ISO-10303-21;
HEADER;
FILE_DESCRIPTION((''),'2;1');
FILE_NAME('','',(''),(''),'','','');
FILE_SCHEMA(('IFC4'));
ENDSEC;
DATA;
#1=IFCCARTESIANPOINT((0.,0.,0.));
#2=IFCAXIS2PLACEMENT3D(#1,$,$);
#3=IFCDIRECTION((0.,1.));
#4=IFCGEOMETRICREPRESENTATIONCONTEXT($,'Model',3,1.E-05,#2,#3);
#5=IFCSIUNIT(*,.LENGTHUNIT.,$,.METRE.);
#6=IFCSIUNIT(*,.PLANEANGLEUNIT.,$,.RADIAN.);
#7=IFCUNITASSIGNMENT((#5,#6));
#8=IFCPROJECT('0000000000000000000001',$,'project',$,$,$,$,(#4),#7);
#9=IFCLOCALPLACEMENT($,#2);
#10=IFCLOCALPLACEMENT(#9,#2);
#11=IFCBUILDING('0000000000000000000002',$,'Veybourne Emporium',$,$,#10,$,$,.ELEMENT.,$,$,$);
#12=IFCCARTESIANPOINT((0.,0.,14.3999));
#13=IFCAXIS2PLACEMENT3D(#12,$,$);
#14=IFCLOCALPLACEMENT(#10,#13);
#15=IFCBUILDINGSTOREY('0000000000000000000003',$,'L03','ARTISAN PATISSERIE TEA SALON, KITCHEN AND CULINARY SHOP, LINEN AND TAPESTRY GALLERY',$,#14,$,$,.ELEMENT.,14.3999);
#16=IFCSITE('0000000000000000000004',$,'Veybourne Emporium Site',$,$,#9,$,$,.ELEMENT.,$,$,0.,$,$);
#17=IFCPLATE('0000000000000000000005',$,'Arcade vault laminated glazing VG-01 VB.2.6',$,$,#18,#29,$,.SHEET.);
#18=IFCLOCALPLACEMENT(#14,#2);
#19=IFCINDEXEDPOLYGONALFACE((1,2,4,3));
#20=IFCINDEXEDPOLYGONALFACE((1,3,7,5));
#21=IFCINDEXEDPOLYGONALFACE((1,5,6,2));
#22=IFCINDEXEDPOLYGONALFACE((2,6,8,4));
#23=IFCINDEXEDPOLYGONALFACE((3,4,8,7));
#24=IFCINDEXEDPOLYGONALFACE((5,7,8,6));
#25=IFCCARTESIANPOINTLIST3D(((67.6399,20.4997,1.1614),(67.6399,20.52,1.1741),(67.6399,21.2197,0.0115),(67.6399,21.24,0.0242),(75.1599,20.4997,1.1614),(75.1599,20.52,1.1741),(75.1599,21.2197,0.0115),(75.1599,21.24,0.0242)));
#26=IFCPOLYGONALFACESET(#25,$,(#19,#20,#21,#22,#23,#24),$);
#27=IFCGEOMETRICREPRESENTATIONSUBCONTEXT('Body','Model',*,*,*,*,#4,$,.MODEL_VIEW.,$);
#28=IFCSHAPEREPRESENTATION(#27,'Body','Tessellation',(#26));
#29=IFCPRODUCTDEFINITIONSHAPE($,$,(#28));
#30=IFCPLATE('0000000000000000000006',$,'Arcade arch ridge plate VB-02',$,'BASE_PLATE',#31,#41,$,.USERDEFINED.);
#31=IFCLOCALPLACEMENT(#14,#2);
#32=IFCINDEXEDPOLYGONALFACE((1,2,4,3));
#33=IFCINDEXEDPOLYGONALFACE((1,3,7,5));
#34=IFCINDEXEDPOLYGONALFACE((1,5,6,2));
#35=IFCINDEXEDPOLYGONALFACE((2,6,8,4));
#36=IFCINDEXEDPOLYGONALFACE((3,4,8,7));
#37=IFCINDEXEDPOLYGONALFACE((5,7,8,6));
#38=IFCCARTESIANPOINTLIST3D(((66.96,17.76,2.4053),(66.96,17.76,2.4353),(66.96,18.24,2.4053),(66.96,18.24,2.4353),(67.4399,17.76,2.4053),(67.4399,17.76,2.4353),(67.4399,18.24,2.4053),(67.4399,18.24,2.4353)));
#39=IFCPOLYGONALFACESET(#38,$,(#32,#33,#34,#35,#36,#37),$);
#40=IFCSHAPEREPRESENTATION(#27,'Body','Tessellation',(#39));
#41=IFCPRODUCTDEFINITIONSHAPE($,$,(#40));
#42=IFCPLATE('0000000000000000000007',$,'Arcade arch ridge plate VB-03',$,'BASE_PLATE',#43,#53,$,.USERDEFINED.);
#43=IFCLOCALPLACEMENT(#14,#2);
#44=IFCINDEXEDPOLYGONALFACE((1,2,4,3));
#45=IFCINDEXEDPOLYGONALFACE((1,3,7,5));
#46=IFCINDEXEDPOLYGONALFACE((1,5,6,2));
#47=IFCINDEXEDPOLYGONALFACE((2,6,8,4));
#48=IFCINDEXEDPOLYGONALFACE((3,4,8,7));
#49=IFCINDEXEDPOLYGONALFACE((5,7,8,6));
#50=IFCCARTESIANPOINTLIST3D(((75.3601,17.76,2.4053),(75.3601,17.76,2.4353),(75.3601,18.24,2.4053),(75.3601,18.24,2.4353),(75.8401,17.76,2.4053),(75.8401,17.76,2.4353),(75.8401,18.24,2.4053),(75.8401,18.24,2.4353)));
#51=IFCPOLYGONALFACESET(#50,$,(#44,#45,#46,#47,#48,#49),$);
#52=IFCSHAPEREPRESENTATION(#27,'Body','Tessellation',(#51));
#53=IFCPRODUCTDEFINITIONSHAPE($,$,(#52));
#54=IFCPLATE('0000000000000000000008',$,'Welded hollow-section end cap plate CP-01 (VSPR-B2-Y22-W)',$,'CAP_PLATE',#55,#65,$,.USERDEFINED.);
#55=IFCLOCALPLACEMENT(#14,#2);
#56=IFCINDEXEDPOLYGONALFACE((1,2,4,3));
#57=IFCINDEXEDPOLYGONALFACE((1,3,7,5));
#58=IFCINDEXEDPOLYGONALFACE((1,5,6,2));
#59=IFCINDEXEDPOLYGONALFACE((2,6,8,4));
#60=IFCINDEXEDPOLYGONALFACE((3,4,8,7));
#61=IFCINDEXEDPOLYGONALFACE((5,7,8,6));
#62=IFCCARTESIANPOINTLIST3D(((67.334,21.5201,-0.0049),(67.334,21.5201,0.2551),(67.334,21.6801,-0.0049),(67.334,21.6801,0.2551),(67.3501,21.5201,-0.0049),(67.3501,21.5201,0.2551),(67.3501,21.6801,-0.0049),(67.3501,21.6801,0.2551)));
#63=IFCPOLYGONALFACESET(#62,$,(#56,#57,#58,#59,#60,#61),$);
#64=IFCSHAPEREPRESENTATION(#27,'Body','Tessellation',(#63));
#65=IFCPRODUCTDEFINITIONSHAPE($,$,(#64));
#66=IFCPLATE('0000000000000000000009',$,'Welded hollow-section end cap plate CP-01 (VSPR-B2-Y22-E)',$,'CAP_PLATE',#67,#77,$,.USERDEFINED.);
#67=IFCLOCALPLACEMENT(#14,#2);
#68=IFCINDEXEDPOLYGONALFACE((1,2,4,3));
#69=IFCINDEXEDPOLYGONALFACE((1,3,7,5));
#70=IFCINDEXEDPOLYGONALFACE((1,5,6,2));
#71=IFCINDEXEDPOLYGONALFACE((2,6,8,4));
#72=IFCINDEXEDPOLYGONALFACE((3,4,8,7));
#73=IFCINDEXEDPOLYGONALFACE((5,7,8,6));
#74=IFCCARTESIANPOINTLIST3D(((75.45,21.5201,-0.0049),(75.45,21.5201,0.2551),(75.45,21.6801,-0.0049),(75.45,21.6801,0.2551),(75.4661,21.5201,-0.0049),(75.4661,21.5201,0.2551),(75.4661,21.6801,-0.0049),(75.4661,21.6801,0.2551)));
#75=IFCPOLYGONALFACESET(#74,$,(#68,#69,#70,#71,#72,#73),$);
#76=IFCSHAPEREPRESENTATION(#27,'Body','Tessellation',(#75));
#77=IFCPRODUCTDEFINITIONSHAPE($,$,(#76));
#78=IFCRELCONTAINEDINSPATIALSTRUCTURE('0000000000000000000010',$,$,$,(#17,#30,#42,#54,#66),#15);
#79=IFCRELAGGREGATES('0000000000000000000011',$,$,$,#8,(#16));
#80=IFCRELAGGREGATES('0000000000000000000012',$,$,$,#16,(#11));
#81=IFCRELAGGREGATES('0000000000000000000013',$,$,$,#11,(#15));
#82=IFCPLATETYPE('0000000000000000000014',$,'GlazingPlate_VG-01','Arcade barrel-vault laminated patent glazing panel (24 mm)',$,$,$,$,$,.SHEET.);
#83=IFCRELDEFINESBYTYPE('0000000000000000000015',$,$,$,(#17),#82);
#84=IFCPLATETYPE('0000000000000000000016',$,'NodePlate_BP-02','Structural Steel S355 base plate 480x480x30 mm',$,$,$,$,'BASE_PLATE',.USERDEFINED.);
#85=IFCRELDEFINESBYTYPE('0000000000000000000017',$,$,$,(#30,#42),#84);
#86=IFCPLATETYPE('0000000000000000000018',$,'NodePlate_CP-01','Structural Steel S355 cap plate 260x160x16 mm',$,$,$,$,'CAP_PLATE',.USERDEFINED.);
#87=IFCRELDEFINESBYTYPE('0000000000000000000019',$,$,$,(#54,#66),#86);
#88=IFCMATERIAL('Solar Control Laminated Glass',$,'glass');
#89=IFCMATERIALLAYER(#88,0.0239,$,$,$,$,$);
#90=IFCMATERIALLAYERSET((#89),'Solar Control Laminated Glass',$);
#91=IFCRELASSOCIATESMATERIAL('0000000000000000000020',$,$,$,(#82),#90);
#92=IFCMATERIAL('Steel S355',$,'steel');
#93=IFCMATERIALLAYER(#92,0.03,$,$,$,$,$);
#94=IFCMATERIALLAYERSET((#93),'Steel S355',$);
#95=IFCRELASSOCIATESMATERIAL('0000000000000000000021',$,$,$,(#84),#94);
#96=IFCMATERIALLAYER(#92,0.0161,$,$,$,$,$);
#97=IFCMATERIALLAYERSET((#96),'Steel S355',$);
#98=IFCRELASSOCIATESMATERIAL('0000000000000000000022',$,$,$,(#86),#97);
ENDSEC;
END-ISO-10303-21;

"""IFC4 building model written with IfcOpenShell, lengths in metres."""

from ifc_helpers import new_model, si_unit, direction, frame, origin, origin_2d, place, context, subcontext, project, spatial, polyline, rectangle, outline, extrude, material, layer, layer_set, type_object, element, save


model = new_model("IFC4")

# Units and contexts
model_context = context("Model", 3, precision=1e-05, world=origin(), true_north=direction((0.0, 1.0)))
body_context = subcontext(model_context, "Body", "Model", "MODEL_VIEW")
ifc_project = project(units=[si_unit("LENGTHUNIT", "METRE"), si_unit("PLANEANGLEUNIT", "RADIAN")], contexts=[model_context])

# Site, building, storey
site_placement = place(None, origin())
site = spatial("IfcSite", under=ifc_project, at=site_placement, Name="Veybourne Emporium Site", CompositionType="ELEMENT", RefElevation=0.0)
building_placement = place(site_placement, origin())
building = spatial("IfcBuilding", under=site, at=building_placement, Name="Veybourne Emporium", CompositionType="ELEMENT")
storey_placement = place(building_placement, frame((0.0, 0.0, 14.3999)))
storey = spatial("IfcBuildingStorey", under=building, at=storey_placement, Name="L03", Description="ARTISAN PATISSERIE TEA SALON, KITCHEN AND CULINARY SHOP, LINEN AND TAPESTRY GALLERY", CompositionType="ELEMENT", Elevation=14.3999)

# Shared definitions
ifc_material_1 = material(Name="Steel S355", Category="steel")

# Plates
ifc_material_2 = material(Name="Solar Control Laminated Glass", Category="glass")
ifc_layer_1 = layer(ifc_material_2, 0.0239)
ifc_layer_set_1 = layer_set([ifc_layer_1], Name="Solar Control Laminated Glass")
plate_type_1 = type_object("IfcPlateType", Name="GlazingPlate_VG-01", Description="Arcade barrel-vault laminated patent glazing panel (24 mm)", PredefinedType="SHEET", material=ifc_layer_set_1)
plate_1_placement = place(storey_placement, frame((67.6399, 20.52, 1.1741), z_axis=(0.0, 0.847573, 0.530678), x_axis=(1.0, 0.0, 0.0)))
element("IfcPlate", 1, at=plate_1_placement, inside=storey, type_object=plate_type_1, Name="Arcade vault laminated glazing VG-01 VB.2.6", PredefinedType="SHEET", context=body_context, shape_type="SweptSolid", body=[
    extrude(outline(polyline([(0.0, 0.0), (7.52, 0.0), (7.52, 1.3567), (0.0, 1.3567), (0.0, 0.0)])), origin(), (0.0, 0.0, -1.0), 0.0239),
])
ifc_layer_2 = layer(ifc_material_1, 0.03)
ifc_layer_set_2 = layer_set([ifc_layer_2], Name="Steel S355")
plate_type_2 = type_object("IfcPlateType", Name="NodePlate_BP-02", Description="Structural Steel S355 base plate 480x480x30 mm", ElementType="BASE_PLATE", PredefinedType="USERDEFINED", material=ifc_layer_set_2)
for number, where, z_axis, x_axis, name in (
    (2, (67.2, 18.0, 2.4053), (0.0, 0.0, 1.0), (1.0, 0.0, 0.0), "Arcade arch ridge plate VB-02"),
    (3, (75.6001, 18.0, 2.4053), (0.0, 0.0, 1.0), (1.0, 0.0, 0.0), "Arcade arch ridge plate VB-03"),
):
    element("IfcPlate", number, at=place(storey_placement, frame(where, z_axis=z_axis, x_axis=x_axis)), inside=storey, type_object=plate_type_2, Name=name, ObjectType="BASE_PLATE", PredefinedType="USERDEFINED", context=body_context, shape_type="SweptSolid", body=[
        extrude(rectangle(XDim=0.48, YDim=0.48, at=origin_2d()), origin(), (0.0, 0.0, 1.0), 0.03),
    ])
ifc_layer_3 = layer(ifc_material_1, 0.0161)
ifc_layer_set_3 = layer_set([ifc_layer_3], Name="Steel S355")
plate_type_3 = type_object("IfcPlateType", Name="NodePlate_CP-01", Description="Structural Steel S355 cap plate 260x160x16 mm", ElementType="CAP_PLATE", PredefinedType="USERDEFINED", material=ifc_layer_set_3)
for number, where, z_axis, x_axis, name in (
    (4, (67.342, 21.6001, -0.0049), (0.0, 0.0, 1.0), (1.0, 0.0, 0.0), "Welded hollow-section end cap plate CP-01 (VSPR-B2-Y22-W)"),
    (5, (75.458, 21.6001, -0.0049), (0.0, 0.0, 1.0), (1.0, 0.0, 0.0), "Welded hollow-section end cap plate CP-01 (VSPR-B2-Y22-E)"),
):
    element("IfcPlate", number, at=place(storey_placement, frame(where, z_axis=z_axis, x_axis=x_axis)), inside=storey, type_object=plate_type_3, Name=name, ObjectType="CAP_PLATE", PredefinedType="USERDEFINED", context=body_context, shape_type="SweptSolid", body=[
        extrude(rectangle(XDim=0.0161, YDim=0.1599, at=origin_2d()), origin(), (0.0, 0.0, 1.0), 0.26),
    ])

save(model, "model.ifc")
